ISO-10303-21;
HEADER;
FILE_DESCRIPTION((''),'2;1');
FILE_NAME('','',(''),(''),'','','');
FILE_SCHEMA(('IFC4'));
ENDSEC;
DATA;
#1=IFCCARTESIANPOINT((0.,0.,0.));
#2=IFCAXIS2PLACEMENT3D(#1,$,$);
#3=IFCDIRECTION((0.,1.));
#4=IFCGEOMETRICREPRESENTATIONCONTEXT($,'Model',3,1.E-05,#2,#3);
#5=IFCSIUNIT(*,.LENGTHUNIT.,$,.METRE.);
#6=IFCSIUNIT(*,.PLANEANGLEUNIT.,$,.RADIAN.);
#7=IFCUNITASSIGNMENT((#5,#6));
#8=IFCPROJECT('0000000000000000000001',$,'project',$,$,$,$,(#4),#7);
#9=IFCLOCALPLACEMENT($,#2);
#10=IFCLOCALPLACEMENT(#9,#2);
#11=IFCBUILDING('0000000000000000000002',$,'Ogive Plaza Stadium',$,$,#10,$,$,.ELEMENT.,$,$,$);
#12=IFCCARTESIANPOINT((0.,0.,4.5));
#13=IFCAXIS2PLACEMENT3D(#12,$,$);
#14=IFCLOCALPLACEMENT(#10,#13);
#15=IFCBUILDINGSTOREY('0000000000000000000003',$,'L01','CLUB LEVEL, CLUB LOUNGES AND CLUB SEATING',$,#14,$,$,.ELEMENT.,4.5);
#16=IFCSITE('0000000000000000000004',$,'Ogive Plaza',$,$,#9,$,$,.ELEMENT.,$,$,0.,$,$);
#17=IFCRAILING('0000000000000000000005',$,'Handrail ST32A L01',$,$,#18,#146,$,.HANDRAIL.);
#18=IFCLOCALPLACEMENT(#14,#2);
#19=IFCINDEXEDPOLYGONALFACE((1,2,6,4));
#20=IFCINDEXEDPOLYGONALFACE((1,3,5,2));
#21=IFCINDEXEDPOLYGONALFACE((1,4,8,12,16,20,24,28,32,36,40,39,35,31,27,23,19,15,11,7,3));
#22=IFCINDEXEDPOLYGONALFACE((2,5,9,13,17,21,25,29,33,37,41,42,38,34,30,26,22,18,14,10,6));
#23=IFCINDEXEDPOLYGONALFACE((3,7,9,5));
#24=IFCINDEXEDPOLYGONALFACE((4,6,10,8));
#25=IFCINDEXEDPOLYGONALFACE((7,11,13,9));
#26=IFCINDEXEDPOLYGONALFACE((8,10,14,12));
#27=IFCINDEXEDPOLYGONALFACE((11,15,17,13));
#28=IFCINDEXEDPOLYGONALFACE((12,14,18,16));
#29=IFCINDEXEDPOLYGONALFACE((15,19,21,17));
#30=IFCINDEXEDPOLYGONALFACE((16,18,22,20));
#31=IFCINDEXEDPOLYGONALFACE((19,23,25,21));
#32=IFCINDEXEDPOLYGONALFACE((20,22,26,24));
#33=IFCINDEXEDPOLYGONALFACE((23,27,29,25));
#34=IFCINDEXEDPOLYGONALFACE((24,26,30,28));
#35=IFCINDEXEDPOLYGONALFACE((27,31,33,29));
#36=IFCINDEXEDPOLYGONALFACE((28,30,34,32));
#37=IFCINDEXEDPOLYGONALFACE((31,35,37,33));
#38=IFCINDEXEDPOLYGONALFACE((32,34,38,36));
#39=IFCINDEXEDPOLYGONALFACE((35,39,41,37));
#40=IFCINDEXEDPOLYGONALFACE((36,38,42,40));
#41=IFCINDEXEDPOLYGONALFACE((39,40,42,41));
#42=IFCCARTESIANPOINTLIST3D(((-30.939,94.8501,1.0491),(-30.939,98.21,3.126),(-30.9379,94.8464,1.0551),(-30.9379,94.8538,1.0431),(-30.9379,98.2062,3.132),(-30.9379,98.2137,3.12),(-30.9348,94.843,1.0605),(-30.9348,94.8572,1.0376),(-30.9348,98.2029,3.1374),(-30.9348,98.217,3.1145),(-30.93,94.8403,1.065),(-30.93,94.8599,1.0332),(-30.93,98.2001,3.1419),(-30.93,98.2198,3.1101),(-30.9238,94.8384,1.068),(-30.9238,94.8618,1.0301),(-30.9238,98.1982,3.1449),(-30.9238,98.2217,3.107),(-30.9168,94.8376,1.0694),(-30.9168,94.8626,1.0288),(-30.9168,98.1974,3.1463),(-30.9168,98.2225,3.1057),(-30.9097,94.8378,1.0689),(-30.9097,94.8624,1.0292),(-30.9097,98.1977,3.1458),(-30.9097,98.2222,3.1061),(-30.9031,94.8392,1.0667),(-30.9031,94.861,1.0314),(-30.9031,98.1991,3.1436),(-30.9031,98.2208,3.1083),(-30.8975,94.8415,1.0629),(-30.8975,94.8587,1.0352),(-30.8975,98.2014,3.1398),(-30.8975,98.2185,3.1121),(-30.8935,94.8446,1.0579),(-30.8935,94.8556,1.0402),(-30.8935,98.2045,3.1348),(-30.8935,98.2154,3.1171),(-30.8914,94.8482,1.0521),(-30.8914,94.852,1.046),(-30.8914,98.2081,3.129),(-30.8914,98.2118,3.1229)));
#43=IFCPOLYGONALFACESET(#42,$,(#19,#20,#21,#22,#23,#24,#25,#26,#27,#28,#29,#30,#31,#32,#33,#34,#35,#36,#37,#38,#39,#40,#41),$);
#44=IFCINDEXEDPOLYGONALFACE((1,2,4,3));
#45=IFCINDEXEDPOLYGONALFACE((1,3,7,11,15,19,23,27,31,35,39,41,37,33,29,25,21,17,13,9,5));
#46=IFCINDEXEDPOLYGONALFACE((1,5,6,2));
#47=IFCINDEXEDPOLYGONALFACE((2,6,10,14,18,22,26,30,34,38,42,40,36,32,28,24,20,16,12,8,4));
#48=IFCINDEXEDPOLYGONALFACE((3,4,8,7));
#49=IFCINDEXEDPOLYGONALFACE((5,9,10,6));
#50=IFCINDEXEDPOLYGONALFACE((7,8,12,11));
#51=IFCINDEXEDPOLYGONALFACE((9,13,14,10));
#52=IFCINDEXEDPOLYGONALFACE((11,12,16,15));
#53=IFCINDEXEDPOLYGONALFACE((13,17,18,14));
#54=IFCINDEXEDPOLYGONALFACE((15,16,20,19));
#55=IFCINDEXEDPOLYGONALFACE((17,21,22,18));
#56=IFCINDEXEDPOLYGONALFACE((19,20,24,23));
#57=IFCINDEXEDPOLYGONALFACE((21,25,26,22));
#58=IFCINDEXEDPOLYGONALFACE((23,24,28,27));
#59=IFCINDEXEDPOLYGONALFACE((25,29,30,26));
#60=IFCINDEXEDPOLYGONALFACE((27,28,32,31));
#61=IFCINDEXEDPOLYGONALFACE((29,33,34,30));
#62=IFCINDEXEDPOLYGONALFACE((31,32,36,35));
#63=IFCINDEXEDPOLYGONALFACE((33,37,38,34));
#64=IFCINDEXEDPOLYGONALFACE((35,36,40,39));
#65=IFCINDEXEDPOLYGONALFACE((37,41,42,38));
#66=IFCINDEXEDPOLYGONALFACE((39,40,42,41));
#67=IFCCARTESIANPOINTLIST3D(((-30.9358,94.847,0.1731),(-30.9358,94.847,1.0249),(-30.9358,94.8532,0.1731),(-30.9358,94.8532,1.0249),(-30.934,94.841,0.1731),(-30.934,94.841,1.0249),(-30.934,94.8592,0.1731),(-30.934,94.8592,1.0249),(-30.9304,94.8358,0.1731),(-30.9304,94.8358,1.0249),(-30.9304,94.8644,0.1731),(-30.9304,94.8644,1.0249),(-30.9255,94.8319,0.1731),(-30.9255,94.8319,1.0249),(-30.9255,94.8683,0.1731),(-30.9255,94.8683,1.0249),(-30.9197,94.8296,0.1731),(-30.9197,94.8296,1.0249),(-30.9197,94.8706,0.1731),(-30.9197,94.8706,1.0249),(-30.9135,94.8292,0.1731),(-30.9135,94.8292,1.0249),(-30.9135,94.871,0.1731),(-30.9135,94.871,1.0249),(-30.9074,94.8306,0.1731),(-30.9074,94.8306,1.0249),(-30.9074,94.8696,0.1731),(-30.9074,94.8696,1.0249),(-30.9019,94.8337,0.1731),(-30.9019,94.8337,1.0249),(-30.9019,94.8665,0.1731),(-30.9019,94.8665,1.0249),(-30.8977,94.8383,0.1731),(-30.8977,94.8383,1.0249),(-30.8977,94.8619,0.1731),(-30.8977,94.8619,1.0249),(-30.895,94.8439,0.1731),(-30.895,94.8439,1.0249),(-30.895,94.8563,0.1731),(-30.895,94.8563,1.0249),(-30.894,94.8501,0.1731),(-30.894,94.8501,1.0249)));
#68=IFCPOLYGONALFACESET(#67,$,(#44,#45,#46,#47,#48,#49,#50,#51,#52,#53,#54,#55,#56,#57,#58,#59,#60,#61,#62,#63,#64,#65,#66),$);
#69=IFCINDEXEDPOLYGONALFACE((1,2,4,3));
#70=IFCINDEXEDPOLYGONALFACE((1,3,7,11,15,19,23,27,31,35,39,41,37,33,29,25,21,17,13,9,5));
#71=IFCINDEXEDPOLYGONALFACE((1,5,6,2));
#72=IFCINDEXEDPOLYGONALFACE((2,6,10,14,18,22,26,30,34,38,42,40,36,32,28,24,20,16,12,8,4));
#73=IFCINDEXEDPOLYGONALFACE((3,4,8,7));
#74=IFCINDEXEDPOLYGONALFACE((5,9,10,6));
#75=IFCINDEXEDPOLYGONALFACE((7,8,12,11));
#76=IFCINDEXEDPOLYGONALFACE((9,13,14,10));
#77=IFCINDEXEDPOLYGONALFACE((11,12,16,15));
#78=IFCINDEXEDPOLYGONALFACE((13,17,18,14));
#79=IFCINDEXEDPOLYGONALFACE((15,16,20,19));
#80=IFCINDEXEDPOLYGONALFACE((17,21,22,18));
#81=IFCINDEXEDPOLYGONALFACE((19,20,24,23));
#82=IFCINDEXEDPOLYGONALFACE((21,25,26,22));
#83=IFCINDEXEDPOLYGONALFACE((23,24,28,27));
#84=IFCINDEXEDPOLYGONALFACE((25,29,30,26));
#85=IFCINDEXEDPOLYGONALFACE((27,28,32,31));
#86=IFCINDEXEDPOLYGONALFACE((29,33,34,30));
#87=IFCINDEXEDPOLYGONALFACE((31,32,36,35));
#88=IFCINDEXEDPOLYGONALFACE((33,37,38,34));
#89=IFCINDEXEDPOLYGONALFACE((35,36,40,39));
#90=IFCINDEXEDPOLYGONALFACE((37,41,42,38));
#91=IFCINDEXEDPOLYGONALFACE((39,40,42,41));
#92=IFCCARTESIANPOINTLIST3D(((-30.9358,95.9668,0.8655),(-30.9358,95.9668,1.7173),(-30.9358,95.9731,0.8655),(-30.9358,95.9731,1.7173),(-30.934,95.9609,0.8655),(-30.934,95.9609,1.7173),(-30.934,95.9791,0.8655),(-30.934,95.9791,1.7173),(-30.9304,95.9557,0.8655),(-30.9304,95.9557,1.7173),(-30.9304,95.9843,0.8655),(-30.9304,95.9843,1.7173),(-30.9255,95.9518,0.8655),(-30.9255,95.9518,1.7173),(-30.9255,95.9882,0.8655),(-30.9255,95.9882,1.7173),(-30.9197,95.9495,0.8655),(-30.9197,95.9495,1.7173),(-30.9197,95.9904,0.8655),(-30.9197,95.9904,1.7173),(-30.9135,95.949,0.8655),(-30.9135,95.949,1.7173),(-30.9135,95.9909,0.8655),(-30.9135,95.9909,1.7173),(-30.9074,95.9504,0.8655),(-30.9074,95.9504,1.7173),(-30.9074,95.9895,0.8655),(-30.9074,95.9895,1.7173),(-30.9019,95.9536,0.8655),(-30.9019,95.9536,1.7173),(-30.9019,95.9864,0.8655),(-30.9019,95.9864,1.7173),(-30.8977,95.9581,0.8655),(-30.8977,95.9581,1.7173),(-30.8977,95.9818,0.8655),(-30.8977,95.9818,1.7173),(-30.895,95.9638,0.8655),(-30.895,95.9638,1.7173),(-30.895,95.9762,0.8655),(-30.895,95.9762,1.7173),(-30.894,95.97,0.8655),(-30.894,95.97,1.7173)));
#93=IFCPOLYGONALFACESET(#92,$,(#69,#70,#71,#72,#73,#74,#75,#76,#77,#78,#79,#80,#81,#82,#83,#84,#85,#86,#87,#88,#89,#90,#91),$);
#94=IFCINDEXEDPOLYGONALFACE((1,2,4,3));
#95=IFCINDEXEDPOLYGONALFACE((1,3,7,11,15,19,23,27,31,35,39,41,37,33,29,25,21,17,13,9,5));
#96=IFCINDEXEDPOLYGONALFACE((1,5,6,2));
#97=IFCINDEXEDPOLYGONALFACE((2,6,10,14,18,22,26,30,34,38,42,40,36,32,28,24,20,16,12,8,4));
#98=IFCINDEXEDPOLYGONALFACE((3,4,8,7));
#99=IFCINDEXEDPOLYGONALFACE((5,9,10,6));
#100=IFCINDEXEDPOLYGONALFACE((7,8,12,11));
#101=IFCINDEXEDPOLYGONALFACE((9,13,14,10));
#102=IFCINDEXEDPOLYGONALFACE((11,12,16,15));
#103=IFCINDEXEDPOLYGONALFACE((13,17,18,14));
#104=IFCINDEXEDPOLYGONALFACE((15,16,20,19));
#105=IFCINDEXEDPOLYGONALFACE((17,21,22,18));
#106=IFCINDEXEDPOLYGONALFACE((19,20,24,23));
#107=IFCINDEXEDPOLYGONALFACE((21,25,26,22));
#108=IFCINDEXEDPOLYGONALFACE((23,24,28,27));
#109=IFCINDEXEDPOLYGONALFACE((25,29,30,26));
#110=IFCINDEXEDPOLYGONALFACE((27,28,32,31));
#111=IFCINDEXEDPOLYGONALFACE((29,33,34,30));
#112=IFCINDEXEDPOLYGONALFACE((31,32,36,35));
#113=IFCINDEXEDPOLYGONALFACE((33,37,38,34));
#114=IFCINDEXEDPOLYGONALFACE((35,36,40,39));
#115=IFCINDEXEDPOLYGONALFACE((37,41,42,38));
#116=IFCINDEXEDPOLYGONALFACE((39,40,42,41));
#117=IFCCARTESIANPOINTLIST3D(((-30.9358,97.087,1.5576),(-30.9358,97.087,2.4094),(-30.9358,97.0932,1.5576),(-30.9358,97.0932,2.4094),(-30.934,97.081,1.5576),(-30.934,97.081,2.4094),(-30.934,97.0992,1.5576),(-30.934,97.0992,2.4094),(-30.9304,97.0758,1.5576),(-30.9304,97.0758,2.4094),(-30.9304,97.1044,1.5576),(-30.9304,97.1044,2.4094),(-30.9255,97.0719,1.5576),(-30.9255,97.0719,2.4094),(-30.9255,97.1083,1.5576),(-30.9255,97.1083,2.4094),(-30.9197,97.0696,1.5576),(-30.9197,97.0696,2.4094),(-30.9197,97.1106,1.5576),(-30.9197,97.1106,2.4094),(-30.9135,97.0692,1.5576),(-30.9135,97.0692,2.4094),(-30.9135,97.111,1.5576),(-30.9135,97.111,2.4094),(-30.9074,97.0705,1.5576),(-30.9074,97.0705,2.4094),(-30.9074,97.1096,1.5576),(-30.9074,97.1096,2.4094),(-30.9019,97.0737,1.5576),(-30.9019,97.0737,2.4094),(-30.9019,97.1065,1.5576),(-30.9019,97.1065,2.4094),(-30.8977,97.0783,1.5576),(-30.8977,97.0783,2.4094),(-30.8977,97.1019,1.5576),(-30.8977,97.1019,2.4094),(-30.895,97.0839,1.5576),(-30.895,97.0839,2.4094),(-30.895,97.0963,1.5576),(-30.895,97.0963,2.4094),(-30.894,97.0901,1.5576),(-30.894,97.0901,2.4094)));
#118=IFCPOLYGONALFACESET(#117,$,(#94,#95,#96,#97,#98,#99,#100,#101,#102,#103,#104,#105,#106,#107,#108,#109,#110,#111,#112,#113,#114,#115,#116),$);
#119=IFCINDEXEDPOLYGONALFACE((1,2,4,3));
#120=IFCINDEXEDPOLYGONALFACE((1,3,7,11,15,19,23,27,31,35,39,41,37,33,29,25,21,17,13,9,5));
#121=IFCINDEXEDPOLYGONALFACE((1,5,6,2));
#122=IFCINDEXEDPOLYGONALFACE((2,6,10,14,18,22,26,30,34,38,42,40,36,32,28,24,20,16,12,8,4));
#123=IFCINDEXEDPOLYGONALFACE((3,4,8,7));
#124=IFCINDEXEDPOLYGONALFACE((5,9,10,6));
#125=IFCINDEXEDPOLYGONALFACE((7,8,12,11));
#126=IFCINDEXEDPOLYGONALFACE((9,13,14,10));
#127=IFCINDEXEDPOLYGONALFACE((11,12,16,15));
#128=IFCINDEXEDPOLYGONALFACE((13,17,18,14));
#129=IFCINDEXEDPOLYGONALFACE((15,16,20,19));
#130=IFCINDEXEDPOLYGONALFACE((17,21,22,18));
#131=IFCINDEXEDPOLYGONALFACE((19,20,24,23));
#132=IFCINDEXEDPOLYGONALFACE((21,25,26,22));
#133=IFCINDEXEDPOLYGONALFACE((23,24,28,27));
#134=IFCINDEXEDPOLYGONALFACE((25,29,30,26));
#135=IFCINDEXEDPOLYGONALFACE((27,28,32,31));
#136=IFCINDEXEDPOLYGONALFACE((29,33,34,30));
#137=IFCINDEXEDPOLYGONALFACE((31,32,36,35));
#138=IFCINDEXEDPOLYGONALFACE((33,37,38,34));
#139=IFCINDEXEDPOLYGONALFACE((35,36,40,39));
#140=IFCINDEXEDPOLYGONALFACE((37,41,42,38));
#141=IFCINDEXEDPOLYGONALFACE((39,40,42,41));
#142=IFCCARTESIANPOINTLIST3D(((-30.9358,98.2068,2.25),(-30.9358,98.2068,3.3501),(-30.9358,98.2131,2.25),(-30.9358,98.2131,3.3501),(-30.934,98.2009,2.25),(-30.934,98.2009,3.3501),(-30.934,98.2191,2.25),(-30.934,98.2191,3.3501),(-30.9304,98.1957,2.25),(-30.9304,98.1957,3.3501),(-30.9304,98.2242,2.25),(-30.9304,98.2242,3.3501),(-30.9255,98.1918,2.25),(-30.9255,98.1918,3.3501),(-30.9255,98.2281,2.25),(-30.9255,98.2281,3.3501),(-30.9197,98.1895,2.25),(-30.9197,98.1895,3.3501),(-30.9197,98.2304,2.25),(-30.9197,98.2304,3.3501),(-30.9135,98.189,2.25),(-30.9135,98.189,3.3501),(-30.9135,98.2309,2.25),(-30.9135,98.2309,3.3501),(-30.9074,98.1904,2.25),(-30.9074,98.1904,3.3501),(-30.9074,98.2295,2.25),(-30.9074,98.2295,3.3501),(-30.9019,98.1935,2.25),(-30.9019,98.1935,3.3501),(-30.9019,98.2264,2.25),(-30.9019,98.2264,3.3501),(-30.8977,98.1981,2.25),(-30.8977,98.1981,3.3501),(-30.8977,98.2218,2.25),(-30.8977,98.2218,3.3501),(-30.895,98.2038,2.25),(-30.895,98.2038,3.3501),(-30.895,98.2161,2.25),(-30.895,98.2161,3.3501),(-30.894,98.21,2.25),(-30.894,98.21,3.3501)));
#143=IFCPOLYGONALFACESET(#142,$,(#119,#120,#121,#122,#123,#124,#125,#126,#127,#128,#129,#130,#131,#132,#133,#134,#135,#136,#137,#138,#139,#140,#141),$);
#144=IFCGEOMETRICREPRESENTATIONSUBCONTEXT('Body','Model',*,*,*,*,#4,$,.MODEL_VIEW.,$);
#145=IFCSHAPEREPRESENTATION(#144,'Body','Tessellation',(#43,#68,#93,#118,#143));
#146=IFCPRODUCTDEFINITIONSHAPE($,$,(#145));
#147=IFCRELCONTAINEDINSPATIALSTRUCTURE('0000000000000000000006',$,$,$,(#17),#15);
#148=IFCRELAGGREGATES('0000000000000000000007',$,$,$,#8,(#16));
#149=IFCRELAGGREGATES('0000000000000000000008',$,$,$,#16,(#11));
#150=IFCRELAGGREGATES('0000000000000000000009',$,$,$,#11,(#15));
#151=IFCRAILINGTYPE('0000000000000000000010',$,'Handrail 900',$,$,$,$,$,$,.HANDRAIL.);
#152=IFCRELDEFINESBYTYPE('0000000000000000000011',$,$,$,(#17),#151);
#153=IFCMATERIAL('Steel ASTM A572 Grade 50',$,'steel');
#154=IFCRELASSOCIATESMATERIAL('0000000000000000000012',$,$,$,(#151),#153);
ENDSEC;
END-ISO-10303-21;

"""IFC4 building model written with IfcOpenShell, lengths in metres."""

from ifc_helpers import new_model, si_unit, direction, frame, origin, origin_2d, place, context, subcontext, project, spatial, circle, extrude, material, type_object, element, save


model = new_model("IFC4")

# Units and contexts
model_context = context("Model", 3, precision=1e-05, world=origin(), true_north=direction((0.0, 1.0)))
body_context = subcontext(model_context, "Body", "Model", "MODEL_VIEW")
ifc_project = project(units=[si_unit("LENGTHUNIT", "METRE"), si_unit("PLANEANGLEUNIT", "RADIAN")], contexts=[model_context])

# Site, building, storey
site_placement = place(None, origin())
site = spatial("IfcSite", under=ifc_project, at=site_placement, Name="Ogive Plaza", CompositionType="ELEMENT", RefElevation=0.0)
building_placement = place(site_placement, origin())
building = spatial("IfcBuilding", under=site, at=building_placement, Name="Ogive Plaza Stadium", CompositionType="ELEMENT")
storey_placement = place(building_placement, frame((0.0, 0.0, 4.5)))
storey = spatial("IfcBuildingStorey", under=building, at=storey_placement, Name="L01", Description="CLUB LEVEL, CLUB LOUNGES AND CLUB SEATING", CompositionType="ELEMENT", Elevation=4.5)

# Railing
ifc_material_1 = material(Name="Steel ASTM A572 Grade 50", Category="steel")
railing_type_1 = type_object("IfcRailingType", Name="Handrail 900", PredefinedType="HANDRAIL", material=ifc_material_1)
for number, where, name in (
    (1, (-30.915, 94.8501, 0.1731), "Handrail ST32A L01"),
):
    element("IfcRailing", number, at=place(storey_placement, frame(where)), inside=storey, type_object=railing_type_1, Name=name, PredefinedType="HANDRAIL", context=body_context, shape_type="SweptSolid", body=[
        extrude(circle(Radius=0.0239, at=origin_2d()), frame((0.0, 0.0, 0.876), z_axis=(0.0, 0.850606, 0.525803), x_axis=(-1.0, 0.0, 0.0)), (0.0, 0.0, 1.0), 3.95),
        extrude(circle(Radius=0.021, at=origin_2d()), origin(), (0.0, 0.0, 1.0), 0.8518),
        extrude(circle(Radius=0.021, at=origin_2d()), frame((0.0, 1.1199, 0.6924)), (0.0, 0.0, 1.0), 0.8518),
        extrude(circle(Radius=0.021, at=origin_2d()), frame((0.0, 2.24, 1.3845)), (0.0, 0.0, 1.0), 0.8518),
        extrude(circle(Radius=0.021, at=origin_2d()), frame((0.0, 3.3599, 2.0769)), (0.0, 0.0, 1.0), 1.1001),
    ])

save(model, "model.ifc")
